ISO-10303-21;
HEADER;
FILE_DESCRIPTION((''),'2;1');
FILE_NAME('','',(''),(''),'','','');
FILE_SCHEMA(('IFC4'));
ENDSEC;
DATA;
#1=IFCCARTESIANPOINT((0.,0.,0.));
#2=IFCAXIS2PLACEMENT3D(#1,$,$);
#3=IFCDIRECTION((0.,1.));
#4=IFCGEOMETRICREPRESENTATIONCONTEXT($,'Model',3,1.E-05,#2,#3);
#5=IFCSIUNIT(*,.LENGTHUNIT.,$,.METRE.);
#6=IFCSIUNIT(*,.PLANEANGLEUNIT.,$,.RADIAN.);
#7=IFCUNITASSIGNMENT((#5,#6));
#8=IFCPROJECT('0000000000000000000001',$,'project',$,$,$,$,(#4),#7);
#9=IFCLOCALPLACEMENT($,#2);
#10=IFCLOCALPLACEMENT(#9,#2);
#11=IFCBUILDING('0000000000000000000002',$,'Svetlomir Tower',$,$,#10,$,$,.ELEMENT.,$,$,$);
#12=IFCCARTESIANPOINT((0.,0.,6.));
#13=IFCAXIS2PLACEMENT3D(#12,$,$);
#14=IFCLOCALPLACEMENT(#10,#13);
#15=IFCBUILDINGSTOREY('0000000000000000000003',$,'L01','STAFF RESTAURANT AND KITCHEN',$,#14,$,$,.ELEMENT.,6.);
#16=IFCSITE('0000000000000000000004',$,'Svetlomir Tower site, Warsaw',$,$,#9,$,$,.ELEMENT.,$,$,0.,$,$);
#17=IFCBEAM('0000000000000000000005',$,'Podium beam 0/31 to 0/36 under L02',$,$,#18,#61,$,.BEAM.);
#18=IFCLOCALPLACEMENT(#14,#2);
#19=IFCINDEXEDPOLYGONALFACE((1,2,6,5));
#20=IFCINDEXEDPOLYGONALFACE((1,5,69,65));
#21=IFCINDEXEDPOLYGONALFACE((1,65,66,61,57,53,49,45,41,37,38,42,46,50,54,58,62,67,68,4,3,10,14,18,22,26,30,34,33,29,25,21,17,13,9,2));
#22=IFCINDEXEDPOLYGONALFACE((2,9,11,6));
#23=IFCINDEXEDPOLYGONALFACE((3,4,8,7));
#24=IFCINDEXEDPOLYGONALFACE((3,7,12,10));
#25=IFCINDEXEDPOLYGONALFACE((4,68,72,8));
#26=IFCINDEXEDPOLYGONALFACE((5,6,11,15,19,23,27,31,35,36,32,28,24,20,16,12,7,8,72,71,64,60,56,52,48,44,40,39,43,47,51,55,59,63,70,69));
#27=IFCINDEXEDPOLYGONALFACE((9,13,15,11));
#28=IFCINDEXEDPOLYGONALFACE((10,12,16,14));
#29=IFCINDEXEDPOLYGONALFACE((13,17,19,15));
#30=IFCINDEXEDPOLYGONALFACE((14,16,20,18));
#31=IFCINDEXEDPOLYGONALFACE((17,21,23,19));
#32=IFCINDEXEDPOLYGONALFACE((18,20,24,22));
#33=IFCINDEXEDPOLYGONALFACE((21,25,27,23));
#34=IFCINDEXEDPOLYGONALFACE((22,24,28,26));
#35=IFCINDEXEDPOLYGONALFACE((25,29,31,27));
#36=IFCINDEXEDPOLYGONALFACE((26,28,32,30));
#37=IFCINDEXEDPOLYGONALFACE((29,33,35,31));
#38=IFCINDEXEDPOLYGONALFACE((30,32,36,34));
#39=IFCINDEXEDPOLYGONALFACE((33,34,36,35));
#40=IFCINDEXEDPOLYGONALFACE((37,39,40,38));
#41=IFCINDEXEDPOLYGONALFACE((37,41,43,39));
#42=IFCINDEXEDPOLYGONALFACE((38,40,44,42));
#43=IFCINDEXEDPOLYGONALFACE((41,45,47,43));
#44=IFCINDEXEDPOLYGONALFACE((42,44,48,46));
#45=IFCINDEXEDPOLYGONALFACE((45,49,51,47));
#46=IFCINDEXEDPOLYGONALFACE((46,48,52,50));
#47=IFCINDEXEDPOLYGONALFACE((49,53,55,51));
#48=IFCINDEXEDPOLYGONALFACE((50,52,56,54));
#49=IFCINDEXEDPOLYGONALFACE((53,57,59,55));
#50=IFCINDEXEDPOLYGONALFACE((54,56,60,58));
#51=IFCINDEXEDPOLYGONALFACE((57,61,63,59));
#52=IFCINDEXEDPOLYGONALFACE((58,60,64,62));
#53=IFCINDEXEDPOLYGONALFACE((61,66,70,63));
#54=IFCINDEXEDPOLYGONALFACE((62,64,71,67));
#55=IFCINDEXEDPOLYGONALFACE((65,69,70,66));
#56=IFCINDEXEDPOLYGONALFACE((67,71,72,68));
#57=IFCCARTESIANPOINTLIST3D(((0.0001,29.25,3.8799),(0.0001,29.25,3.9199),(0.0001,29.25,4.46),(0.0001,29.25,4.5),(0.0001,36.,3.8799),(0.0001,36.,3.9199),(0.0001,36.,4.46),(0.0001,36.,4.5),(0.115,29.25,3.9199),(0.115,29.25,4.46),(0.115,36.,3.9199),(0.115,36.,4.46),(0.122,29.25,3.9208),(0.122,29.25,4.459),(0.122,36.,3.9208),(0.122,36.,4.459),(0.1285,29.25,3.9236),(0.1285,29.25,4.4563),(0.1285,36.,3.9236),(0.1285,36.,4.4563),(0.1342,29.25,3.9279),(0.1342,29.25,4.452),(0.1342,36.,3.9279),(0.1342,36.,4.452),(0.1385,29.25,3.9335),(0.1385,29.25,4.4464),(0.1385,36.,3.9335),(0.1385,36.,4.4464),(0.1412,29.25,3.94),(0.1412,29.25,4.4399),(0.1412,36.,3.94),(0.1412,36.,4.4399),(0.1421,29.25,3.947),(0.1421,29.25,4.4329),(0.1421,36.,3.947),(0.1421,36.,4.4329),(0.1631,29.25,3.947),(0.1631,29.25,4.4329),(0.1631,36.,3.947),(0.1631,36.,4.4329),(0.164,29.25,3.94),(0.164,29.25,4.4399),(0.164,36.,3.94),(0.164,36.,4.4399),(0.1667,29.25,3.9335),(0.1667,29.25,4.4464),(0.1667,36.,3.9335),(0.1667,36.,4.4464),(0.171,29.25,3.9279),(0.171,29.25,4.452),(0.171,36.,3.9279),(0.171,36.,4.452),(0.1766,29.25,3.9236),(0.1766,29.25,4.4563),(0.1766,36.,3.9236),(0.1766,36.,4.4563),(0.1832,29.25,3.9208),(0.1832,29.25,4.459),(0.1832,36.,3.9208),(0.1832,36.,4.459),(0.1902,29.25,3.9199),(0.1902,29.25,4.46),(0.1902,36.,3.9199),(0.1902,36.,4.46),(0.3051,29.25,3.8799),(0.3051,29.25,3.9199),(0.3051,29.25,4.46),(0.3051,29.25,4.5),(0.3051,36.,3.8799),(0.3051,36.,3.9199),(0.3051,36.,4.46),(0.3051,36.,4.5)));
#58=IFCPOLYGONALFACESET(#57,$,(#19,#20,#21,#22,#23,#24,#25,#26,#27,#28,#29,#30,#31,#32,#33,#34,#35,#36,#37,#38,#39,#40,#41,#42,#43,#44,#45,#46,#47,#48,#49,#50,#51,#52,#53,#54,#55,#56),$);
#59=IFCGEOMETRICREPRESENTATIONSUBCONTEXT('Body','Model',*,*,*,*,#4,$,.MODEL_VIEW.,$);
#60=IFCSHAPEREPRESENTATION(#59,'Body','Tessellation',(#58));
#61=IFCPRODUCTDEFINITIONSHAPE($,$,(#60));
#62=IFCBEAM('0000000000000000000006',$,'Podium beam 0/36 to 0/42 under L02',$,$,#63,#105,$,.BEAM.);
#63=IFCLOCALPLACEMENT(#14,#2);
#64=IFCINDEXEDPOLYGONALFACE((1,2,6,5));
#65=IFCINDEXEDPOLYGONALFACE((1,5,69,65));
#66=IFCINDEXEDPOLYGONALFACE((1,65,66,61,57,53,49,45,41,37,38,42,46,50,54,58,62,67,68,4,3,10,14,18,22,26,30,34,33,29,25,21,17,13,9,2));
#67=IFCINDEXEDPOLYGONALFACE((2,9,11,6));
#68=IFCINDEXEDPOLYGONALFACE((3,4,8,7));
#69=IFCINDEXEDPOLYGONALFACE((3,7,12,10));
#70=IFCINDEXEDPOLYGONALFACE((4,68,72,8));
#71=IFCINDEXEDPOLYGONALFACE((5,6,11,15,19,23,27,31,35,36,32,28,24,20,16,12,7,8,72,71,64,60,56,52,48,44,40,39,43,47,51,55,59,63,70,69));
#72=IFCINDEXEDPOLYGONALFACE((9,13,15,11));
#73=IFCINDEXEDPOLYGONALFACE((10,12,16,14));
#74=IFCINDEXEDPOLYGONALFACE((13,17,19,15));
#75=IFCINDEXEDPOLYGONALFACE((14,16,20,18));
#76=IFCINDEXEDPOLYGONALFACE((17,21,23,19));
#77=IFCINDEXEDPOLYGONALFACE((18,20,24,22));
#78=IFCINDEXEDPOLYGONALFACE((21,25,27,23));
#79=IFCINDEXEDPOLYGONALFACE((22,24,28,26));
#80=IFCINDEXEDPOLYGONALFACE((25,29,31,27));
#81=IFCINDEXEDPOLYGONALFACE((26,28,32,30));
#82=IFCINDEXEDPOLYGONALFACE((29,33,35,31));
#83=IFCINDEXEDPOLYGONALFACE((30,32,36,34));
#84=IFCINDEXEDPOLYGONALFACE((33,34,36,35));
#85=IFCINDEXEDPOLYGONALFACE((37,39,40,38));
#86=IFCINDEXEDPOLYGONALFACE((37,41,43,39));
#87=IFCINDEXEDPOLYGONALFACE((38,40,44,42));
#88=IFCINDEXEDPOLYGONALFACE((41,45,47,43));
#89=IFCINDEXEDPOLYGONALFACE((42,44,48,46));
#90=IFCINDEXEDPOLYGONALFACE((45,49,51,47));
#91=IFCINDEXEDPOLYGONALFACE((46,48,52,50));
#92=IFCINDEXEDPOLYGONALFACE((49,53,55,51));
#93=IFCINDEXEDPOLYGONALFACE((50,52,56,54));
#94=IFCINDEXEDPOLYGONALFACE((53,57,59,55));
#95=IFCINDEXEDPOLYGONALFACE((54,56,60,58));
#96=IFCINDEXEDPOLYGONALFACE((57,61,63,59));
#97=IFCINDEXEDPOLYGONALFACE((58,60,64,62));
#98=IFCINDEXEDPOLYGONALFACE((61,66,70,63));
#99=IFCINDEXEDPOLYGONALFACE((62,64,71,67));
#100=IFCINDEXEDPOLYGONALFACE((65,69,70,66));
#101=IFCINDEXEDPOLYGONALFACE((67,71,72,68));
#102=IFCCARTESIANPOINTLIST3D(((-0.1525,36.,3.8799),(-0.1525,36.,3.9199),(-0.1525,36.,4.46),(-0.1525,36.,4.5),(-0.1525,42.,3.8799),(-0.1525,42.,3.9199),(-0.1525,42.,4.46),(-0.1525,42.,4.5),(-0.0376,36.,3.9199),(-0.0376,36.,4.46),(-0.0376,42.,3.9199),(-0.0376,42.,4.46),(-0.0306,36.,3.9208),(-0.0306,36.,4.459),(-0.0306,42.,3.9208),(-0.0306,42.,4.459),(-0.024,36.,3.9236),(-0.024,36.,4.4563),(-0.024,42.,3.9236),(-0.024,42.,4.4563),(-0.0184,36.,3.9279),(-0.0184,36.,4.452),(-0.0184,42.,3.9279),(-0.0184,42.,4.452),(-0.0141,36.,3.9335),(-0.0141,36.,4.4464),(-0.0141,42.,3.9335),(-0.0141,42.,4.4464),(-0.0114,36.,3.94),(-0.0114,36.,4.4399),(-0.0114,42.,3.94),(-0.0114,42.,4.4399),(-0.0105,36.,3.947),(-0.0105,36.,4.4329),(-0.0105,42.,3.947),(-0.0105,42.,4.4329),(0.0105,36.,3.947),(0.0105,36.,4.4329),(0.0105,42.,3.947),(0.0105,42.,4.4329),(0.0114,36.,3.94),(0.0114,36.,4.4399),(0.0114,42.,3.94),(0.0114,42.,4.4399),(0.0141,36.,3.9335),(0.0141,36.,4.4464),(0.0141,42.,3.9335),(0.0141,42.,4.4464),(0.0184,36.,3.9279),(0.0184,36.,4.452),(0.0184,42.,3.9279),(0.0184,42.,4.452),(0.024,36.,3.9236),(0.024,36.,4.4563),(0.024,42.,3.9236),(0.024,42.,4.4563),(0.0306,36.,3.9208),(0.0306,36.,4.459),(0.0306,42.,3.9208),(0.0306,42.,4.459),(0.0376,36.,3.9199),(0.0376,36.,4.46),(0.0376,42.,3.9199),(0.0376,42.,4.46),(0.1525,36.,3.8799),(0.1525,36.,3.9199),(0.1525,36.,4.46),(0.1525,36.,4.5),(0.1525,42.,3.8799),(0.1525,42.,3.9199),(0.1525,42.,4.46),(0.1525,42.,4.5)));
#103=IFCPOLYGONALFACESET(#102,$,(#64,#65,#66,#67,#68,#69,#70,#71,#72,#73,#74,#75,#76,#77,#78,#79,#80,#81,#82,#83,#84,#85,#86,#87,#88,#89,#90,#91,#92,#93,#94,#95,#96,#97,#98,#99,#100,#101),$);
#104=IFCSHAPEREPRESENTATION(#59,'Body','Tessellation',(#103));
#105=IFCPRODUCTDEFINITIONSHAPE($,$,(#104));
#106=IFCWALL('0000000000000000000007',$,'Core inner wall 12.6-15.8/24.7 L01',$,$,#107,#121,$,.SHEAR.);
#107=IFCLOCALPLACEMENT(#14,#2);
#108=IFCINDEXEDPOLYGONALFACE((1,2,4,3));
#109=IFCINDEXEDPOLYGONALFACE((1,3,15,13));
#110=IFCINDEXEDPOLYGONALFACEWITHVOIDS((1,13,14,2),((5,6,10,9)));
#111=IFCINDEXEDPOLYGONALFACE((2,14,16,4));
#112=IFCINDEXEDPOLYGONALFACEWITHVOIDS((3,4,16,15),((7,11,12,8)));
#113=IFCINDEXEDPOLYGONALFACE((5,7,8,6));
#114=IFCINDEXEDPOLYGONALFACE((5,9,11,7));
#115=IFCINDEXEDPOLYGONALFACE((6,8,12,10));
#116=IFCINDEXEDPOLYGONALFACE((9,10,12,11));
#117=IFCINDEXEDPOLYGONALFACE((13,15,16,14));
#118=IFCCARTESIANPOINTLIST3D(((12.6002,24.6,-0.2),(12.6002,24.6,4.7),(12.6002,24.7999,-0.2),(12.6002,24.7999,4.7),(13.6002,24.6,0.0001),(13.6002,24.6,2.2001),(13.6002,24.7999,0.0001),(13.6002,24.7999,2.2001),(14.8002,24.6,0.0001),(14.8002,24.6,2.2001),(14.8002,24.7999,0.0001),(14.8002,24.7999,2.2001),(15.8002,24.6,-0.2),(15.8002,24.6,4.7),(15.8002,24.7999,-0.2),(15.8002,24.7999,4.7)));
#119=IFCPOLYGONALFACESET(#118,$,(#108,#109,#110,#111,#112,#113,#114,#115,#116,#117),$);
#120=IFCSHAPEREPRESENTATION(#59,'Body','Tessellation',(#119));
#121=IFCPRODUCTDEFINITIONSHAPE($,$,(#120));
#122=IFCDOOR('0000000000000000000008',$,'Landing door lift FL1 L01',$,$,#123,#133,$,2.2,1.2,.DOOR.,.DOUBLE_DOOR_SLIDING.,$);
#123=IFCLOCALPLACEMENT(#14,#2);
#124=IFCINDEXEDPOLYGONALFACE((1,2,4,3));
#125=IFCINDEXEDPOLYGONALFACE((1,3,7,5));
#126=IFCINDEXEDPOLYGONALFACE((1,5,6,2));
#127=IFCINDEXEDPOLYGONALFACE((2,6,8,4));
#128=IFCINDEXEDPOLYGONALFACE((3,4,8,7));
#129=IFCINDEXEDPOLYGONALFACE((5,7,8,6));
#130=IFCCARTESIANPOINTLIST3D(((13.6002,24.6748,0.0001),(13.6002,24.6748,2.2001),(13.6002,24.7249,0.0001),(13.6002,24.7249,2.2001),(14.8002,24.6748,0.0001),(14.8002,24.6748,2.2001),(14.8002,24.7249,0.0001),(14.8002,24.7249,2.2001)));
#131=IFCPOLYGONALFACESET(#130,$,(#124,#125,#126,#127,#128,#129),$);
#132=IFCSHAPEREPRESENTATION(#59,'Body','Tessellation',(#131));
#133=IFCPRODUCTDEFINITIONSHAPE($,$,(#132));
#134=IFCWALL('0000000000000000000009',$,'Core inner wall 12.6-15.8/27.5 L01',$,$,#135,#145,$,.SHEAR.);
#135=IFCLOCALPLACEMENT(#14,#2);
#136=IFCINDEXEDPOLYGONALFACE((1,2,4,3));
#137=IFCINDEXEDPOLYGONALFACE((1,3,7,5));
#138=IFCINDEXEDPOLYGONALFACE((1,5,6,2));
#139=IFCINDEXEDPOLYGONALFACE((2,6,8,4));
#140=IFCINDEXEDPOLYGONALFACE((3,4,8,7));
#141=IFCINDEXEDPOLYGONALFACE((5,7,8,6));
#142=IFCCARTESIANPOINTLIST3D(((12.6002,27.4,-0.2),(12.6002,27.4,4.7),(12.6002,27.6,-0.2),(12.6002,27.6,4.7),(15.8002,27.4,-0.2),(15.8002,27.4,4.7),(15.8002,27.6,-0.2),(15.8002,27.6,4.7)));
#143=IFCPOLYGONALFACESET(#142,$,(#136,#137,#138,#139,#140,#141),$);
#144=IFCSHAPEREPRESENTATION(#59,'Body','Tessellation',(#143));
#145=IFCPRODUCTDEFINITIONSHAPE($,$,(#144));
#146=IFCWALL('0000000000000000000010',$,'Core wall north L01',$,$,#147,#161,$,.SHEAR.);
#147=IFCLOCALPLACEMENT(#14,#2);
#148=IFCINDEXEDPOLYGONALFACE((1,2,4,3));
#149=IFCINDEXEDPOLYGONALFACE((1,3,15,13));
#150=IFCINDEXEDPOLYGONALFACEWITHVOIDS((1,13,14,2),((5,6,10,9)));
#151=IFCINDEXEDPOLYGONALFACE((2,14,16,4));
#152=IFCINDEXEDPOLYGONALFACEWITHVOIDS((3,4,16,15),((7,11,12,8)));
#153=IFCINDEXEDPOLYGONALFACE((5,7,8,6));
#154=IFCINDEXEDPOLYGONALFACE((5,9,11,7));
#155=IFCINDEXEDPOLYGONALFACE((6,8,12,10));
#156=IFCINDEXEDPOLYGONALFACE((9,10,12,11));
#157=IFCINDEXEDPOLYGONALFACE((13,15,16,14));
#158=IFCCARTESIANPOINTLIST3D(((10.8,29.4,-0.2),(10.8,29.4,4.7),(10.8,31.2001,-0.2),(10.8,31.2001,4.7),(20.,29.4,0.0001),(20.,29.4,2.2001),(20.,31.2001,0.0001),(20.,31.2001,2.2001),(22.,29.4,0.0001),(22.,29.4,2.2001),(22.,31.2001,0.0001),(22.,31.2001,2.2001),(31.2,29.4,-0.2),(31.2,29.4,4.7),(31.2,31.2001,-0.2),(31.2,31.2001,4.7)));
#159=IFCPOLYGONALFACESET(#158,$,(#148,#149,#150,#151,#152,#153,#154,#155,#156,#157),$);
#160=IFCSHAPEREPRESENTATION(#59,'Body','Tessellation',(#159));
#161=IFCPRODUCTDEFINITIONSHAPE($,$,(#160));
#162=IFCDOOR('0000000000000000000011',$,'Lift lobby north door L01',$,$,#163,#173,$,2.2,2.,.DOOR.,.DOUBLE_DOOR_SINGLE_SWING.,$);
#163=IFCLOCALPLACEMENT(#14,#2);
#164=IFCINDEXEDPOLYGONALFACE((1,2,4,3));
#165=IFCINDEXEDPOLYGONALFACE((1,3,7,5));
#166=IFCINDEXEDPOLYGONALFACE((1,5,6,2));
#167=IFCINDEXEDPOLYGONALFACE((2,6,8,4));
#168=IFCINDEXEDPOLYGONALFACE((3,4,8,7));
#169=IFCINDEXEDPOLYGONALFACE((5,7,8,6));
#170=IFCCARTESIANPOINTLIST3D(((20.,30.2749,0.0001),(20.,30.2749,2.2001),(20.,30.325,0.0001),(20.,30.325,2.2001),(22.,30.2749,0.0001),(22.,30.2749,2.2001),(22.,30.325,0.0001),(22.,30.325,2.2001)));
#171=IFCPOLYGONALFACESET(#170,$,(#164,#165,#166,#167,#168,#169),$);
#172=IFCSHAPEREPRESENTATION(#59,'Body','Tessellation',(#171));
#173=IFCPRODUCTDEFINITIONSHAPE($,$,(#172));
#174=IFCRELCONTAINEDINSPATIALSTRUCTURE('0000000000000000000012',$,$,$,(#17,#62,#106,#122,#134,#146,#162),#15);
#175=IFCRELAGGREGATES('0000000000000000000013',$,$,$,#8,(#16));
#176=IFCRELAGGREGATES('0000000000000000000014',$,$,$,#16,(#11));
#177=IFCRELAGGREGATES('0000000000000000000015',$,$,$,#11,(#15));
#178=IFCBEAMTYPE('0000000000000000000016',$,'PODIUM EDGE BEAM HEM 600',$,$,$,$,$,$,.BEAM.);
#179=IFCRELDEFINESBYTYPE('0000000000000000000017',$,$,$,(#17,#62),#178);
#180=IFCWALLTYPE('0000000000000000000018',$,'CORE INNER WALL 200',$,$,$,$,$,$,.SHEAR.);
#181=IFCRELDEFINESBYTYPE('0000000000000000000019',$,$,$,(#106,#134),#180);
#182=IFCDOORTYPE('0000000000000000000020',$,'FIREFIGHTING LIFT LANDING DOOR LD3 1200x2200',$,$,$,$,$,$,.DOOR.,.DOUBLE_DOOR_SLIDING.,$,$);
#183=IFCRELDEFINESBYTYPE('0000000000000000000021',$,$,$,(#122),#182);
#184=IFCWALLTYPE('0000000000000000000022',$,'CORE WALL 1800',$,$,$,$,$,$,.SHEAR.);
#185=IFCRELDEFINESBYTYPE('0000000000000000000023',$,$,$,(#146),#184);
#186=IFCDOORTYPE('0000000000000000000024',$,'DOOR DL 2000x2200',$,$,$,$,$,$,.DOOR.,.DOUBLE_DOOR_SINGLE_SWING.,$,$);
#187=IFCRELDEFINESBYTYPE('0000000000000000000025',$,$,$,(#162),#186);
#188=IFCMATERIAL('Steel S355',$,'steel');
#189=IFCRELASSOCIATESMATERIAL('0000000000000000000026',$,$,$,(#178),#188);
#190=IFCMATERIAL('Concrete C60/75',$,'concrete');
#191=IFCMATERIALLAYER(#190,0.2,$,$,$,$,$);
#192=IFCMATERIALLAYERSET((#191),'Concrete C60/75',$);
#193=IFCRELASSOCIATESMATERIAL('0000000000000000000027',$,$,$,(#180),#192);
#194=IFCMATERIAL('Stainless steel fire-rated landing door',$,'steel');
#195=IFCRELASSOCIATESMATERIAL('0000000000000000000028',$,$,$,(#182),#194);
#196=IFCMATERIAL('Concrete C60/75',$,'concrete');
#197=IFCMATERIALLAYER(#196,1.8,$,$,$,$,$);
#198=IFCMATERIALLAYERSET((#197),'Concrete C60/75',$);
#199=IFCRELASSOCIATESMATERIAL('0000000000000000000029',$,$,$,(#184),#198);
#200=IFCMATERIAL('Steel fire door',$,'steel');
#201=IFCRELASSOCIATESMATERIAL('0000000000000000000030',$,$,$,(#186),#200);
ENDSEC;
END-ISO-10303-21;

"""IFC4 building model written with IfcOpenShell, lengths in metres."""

from ifc_helpers import new_model, si_unit, direction, frame, frame_2d, origin, origin_2d, place, context, subcontext, project, spatial, rectangle, i_section, extrude, material, layer, layer_set, material_profile, profile_set, type_object, element, fill, save


model = new_model("IFC4")

# Units and contexts
model_context = context("Model", 3, precision=1e-05, world=origin(), true_north=direction((0.0, 1.0)))
body_context = subcontext(model_context, "Body", "Model", "MODEL_VIEW")
ifc_project = project(units=[si_unit("LENGTHUNIT", "METRE"), si_unit("PLANEANGLEUNIT", "RADIAN")], contexts=[model_context])

# Site, building, storey
site_placement = place(None, origin())
site = spatial("IfcSite", under=ifc_project, at=site_placement, Name="Svetlomir Tower site, Warsaw", CompositionType="ELEMENT", RefElevation=0.0)
building_placement = place(site_placement, origin())
building = spatial("IfcBuilding", under=site, at=building_placement, Name="Svetlomir Tower", CompositionType="ELEMENT")
storey_placement = place(building_placement, frame((0.0, 0.0, 6.0)))
storey = spatial("IfcBuildingStorey", under=building, at=storey_placement, Name="L01", Description="STAFF RESTAURANT AND KITCHEN", CompositionType="ELEMENT", Elevation=6.0)

# Beams
ifc_material_1 = material(Name="Steel S355", Category="steel")
ifc_material_profile_1 = material_profile(ifc_material_1, i_section(OverallWidth=0.3049, OverallDepth=0.6201, WebThickness=0.021, FlangeThickness=0.04, FilletRadius=0.0271, at=origin_2d()), Name="HEM 600")
ifc_profile_set_1 = profile_set([ifc_material_profile_1], Name="Steel S355")
beam_type_1 = type_object("IfcBeamType", Name="PODIUM EDGE BEAM HEM 600", PredefinedType="BEAM", material=ifc_profile_set_1)
beam_1_placement = place(storey_placement, frame((0.1526, 29.25, 4.1899), z_axis=(0.0, 1.0, 0.0), x_axis=(-1.0, 0.0, 0.0)))
element("IfcBeam", 1, at=beam_1_placement, inside=storey, type_object=beam_type_1, Name="Podium beam 0/31 to 0/36 under L02", PredefinedType="BEAM", context=body_context, shape_type="SweptSolid", body=[
    extrude(i_section(OverallWidth=0.3049, OverallDepth=0.6201, WebThickness=0.021, FlangeThickness=0.04, FilletRadius=0.0271, at=origin_2d()), origin(), (0.0, 0.0, 1.0), 6.75),
])
beam_2_placement = place(storey_placement, frame((0.0, 36.0, 4.1899), z_axis=(0.0, 1.0, 0.0), x_axis=(-1.0, 0.0, 0.0)))
element("IfcBeam", 2, at=beam_2_placement, inside=storey, type_object=beam_type_1, Name="Podium beam 0/36 to 0/42 under L02", PredefinedType="BEAM", context=body_context, shape_type="SweptSolid", body=[
    extrude(i_section(OverallWidth=0.3049, OverallDepth=0.6201, WebThickness=0.021, FlangeThickness=0.04, FilletRadius=0.0271, at=origin_2d()), origin(), (0.0, 0.0, 1.0), 6.0),
])

# Wall, opening, door
ifc_material_2 = material(Name="Concrete C60/75", Category="concrete")
ifc_layer_1 = layer(ifc_material_2, 0.2)
ifc_layer_set_1 = layer_set([ifc_layer_1], Name="Concrete C60/75")
wall_type_1 = type_object("IfcWallType", Name="CORE INNER WALL 200", PredefinedType="SHEAR", material=ifc_layer_set_1)
wall_1_placement = place(storey_placement, frame((12.6001, 24.7, -0.2), z_axis=(0.0, 0.0, 1.0), x_axis=(1.0, 0.0, 0.0)))
wall_1 = element("IfcWall", 3, at=wall_1_placement, inside=storey, type_object=wall_type_1, Name="Core inner wall 12.6-15.8/24.7 L01", PredefinedType="SHEAR", context=body_context, shape_type="SweptSolid", body=[
    extrude(rectangle(XDim=3.2, YDim=0.2, at=frame_2d((1.6001, 0.0))), origin(), (0.0, 0.0, 1.0), 4.8999),
])
opening_1_placement = place(wall_1_placement, frame((1.0, 0.0, 0.2)))
opening_1 = element("IfcOpeningElement", 4, at=opening_1_placement, cuts=wall_1, PredefinedType="OPENING", context=body_context, shape_type="SweptSolid", body=[
    extrude(rectangle(XDim=1.2, YDim=2.2, at=frame_2d((0.6001, 1.1001))), frame((0.0, 0.1099, 0.0), z_axis=(0.0, -1.0, 0.0), x_axis=(1.0, 0.0, 0.0)), (0.0, 0.0, 1.0), 0.22),
])
ifc_material_3 = material(Name="Stainless steel fire-rated landing door", Category="steel")
door_type_1 = type_object("IfcDoorType", Name="FIREFIGHTING LIFT LANDING DOOR LD3 1200x2200", OperationType="DOUBLE_DOOR_SLIDING", PredefinedType="DOOR", material=ifc_material_3)
door_1_placement = place(opening_1_placement, origin())
door_1 = element("IfcDoor", 5, at=door_1_placement, inside=storey, type_object=door_type_1, Name="Landing door lift FL1 L01", OperationType="DOUBLE_DOOR_SLIDING", OverallHeight=2.2, OverallWidth=1.2, PredefinedType="DOOR", context=body_context, shape_type="SweptSolid", body=[
    extrude(rectangle(XDim=1.2, YDim=2.2, at=frame_2d((0.6001, 1.1001))), frame((0.0, 0.0249, 0.0), z_axis=(0.0, -1.0, 0.0), x_axis=(1.0, 0.0, 0.0)), (0.0, 0.0, 1.0), 0.05),
])
fill(opening_1, door_1)

# Wall
wall_2_placement = place(storey_placement, frame((12.6001, 27.5, -0.2), z_axis=(0.0, 0.0, 1.0), x_axis=(1.0, 0.0, 0.0)))
element("IfcWall", 6, at=wall_2_placement, inside=storey, type_object=wall_type_1, Name="Core inner wall 12.6-15.8/27.5 L01", PredefinedType="SHEAR", context=body_context, shape_type="SweptSolid", body=[
    extrude(rectangle(XDim=3.2, YDim=0.2, at=frame_2d((1.6001, 0.0))), origin(), (0.0, 0.0, 1.0), 4.8999),
])

# Wall, opening, door
ifc_material_4 = material(Name="Concrete C60/75", Category="concrete")
ifc_layer_2 = layer(ifc_material_4, 1.8)
ifc_layer_set_2 = layer_set([ifc_layer_2], Name="Concrete C60/75")
wall_type_2 = type_object("IfcWallType", Name="CORE WALL 1800", PredefinedType="SHEAR", material=ifc_layer_set_2)
wall_3_placement = place(storey_placement, frame((10.8, 30.3, -0.2), z_axis=(0.0, 0.0, 1.0), x_axis=(1.0, 0.0, 0.0)))
wall_3 = element("IfcWall", 7, at=wall_3_placement, inside=storey, type_object=wall_type_2, Name="Core wall north L01", PredefinedType="SHEAR", context=body_context, shape_type="SweptSolid", body=[
    extrude(rectangle(XDim=20.3999, YDim=1.8, at=frame_2d((10.2, 0.0))), origin(), (0.0, 0.0, 1.0), 4.8999),
])
opening_2_placement = place(wall_3_placement, frame((9.2, 0.0, 0.2)))
opening_2 = element("IfcOpeningElement", 8, at=opening_2_placement, cuts=wall_3, PredefinedType="OPENING", context=body_context, shape_type="SweptSolid", body=[
    extrude(rectangle(XDim=2.0, YDim=2.2, at=frame_2d((1.0, 1.1001))), frame((0.0, 0.9102, 0.0), z_axis=(0.0, -1.0, 0.0), x_axis=(1.0, 0.0, 0.0)), (0.0, 0.0, 1.0), 1.8201),
])
ifc_material_5 = material(Name="Steel fire door", Category="steel")
door_type_2 = type_object("IfcDoorType", Name="DOOR DL 2000x2200", OperationType="DOUBLE_DOOR_SINGLE_SWING", PredefinedType="DOOR", material=ifc_material_5)
door_2_placement = place(opening_2_placement, origin())
door_2 = element("IfcDoor", 9, at=door_2_placement, inside=storey, type_object=door_type_2, Name="Lift lobby north door L01", OperationType="DOUBLE_DOOR_SINGLE_SWING", OverallHeight=2.2, OverallWidth=2.0, PredefinedType="DOOR", context=body_context, shape_type="SweptSolid", body=[
    extrude(rectangle(XDim=2.0, YDim=2.2, at=frame_2d((1.0, 1.1001))), frame((0.0, 0.0249, 0.0), z_axis=(0.0, -1.0, 0.0), x_axis=(1.0, 0.0, 0.0)), (0.0, 0.0, 1.0), 0.05),
])
fill(opening_2, door_2)

save(model, "model.ifc")
